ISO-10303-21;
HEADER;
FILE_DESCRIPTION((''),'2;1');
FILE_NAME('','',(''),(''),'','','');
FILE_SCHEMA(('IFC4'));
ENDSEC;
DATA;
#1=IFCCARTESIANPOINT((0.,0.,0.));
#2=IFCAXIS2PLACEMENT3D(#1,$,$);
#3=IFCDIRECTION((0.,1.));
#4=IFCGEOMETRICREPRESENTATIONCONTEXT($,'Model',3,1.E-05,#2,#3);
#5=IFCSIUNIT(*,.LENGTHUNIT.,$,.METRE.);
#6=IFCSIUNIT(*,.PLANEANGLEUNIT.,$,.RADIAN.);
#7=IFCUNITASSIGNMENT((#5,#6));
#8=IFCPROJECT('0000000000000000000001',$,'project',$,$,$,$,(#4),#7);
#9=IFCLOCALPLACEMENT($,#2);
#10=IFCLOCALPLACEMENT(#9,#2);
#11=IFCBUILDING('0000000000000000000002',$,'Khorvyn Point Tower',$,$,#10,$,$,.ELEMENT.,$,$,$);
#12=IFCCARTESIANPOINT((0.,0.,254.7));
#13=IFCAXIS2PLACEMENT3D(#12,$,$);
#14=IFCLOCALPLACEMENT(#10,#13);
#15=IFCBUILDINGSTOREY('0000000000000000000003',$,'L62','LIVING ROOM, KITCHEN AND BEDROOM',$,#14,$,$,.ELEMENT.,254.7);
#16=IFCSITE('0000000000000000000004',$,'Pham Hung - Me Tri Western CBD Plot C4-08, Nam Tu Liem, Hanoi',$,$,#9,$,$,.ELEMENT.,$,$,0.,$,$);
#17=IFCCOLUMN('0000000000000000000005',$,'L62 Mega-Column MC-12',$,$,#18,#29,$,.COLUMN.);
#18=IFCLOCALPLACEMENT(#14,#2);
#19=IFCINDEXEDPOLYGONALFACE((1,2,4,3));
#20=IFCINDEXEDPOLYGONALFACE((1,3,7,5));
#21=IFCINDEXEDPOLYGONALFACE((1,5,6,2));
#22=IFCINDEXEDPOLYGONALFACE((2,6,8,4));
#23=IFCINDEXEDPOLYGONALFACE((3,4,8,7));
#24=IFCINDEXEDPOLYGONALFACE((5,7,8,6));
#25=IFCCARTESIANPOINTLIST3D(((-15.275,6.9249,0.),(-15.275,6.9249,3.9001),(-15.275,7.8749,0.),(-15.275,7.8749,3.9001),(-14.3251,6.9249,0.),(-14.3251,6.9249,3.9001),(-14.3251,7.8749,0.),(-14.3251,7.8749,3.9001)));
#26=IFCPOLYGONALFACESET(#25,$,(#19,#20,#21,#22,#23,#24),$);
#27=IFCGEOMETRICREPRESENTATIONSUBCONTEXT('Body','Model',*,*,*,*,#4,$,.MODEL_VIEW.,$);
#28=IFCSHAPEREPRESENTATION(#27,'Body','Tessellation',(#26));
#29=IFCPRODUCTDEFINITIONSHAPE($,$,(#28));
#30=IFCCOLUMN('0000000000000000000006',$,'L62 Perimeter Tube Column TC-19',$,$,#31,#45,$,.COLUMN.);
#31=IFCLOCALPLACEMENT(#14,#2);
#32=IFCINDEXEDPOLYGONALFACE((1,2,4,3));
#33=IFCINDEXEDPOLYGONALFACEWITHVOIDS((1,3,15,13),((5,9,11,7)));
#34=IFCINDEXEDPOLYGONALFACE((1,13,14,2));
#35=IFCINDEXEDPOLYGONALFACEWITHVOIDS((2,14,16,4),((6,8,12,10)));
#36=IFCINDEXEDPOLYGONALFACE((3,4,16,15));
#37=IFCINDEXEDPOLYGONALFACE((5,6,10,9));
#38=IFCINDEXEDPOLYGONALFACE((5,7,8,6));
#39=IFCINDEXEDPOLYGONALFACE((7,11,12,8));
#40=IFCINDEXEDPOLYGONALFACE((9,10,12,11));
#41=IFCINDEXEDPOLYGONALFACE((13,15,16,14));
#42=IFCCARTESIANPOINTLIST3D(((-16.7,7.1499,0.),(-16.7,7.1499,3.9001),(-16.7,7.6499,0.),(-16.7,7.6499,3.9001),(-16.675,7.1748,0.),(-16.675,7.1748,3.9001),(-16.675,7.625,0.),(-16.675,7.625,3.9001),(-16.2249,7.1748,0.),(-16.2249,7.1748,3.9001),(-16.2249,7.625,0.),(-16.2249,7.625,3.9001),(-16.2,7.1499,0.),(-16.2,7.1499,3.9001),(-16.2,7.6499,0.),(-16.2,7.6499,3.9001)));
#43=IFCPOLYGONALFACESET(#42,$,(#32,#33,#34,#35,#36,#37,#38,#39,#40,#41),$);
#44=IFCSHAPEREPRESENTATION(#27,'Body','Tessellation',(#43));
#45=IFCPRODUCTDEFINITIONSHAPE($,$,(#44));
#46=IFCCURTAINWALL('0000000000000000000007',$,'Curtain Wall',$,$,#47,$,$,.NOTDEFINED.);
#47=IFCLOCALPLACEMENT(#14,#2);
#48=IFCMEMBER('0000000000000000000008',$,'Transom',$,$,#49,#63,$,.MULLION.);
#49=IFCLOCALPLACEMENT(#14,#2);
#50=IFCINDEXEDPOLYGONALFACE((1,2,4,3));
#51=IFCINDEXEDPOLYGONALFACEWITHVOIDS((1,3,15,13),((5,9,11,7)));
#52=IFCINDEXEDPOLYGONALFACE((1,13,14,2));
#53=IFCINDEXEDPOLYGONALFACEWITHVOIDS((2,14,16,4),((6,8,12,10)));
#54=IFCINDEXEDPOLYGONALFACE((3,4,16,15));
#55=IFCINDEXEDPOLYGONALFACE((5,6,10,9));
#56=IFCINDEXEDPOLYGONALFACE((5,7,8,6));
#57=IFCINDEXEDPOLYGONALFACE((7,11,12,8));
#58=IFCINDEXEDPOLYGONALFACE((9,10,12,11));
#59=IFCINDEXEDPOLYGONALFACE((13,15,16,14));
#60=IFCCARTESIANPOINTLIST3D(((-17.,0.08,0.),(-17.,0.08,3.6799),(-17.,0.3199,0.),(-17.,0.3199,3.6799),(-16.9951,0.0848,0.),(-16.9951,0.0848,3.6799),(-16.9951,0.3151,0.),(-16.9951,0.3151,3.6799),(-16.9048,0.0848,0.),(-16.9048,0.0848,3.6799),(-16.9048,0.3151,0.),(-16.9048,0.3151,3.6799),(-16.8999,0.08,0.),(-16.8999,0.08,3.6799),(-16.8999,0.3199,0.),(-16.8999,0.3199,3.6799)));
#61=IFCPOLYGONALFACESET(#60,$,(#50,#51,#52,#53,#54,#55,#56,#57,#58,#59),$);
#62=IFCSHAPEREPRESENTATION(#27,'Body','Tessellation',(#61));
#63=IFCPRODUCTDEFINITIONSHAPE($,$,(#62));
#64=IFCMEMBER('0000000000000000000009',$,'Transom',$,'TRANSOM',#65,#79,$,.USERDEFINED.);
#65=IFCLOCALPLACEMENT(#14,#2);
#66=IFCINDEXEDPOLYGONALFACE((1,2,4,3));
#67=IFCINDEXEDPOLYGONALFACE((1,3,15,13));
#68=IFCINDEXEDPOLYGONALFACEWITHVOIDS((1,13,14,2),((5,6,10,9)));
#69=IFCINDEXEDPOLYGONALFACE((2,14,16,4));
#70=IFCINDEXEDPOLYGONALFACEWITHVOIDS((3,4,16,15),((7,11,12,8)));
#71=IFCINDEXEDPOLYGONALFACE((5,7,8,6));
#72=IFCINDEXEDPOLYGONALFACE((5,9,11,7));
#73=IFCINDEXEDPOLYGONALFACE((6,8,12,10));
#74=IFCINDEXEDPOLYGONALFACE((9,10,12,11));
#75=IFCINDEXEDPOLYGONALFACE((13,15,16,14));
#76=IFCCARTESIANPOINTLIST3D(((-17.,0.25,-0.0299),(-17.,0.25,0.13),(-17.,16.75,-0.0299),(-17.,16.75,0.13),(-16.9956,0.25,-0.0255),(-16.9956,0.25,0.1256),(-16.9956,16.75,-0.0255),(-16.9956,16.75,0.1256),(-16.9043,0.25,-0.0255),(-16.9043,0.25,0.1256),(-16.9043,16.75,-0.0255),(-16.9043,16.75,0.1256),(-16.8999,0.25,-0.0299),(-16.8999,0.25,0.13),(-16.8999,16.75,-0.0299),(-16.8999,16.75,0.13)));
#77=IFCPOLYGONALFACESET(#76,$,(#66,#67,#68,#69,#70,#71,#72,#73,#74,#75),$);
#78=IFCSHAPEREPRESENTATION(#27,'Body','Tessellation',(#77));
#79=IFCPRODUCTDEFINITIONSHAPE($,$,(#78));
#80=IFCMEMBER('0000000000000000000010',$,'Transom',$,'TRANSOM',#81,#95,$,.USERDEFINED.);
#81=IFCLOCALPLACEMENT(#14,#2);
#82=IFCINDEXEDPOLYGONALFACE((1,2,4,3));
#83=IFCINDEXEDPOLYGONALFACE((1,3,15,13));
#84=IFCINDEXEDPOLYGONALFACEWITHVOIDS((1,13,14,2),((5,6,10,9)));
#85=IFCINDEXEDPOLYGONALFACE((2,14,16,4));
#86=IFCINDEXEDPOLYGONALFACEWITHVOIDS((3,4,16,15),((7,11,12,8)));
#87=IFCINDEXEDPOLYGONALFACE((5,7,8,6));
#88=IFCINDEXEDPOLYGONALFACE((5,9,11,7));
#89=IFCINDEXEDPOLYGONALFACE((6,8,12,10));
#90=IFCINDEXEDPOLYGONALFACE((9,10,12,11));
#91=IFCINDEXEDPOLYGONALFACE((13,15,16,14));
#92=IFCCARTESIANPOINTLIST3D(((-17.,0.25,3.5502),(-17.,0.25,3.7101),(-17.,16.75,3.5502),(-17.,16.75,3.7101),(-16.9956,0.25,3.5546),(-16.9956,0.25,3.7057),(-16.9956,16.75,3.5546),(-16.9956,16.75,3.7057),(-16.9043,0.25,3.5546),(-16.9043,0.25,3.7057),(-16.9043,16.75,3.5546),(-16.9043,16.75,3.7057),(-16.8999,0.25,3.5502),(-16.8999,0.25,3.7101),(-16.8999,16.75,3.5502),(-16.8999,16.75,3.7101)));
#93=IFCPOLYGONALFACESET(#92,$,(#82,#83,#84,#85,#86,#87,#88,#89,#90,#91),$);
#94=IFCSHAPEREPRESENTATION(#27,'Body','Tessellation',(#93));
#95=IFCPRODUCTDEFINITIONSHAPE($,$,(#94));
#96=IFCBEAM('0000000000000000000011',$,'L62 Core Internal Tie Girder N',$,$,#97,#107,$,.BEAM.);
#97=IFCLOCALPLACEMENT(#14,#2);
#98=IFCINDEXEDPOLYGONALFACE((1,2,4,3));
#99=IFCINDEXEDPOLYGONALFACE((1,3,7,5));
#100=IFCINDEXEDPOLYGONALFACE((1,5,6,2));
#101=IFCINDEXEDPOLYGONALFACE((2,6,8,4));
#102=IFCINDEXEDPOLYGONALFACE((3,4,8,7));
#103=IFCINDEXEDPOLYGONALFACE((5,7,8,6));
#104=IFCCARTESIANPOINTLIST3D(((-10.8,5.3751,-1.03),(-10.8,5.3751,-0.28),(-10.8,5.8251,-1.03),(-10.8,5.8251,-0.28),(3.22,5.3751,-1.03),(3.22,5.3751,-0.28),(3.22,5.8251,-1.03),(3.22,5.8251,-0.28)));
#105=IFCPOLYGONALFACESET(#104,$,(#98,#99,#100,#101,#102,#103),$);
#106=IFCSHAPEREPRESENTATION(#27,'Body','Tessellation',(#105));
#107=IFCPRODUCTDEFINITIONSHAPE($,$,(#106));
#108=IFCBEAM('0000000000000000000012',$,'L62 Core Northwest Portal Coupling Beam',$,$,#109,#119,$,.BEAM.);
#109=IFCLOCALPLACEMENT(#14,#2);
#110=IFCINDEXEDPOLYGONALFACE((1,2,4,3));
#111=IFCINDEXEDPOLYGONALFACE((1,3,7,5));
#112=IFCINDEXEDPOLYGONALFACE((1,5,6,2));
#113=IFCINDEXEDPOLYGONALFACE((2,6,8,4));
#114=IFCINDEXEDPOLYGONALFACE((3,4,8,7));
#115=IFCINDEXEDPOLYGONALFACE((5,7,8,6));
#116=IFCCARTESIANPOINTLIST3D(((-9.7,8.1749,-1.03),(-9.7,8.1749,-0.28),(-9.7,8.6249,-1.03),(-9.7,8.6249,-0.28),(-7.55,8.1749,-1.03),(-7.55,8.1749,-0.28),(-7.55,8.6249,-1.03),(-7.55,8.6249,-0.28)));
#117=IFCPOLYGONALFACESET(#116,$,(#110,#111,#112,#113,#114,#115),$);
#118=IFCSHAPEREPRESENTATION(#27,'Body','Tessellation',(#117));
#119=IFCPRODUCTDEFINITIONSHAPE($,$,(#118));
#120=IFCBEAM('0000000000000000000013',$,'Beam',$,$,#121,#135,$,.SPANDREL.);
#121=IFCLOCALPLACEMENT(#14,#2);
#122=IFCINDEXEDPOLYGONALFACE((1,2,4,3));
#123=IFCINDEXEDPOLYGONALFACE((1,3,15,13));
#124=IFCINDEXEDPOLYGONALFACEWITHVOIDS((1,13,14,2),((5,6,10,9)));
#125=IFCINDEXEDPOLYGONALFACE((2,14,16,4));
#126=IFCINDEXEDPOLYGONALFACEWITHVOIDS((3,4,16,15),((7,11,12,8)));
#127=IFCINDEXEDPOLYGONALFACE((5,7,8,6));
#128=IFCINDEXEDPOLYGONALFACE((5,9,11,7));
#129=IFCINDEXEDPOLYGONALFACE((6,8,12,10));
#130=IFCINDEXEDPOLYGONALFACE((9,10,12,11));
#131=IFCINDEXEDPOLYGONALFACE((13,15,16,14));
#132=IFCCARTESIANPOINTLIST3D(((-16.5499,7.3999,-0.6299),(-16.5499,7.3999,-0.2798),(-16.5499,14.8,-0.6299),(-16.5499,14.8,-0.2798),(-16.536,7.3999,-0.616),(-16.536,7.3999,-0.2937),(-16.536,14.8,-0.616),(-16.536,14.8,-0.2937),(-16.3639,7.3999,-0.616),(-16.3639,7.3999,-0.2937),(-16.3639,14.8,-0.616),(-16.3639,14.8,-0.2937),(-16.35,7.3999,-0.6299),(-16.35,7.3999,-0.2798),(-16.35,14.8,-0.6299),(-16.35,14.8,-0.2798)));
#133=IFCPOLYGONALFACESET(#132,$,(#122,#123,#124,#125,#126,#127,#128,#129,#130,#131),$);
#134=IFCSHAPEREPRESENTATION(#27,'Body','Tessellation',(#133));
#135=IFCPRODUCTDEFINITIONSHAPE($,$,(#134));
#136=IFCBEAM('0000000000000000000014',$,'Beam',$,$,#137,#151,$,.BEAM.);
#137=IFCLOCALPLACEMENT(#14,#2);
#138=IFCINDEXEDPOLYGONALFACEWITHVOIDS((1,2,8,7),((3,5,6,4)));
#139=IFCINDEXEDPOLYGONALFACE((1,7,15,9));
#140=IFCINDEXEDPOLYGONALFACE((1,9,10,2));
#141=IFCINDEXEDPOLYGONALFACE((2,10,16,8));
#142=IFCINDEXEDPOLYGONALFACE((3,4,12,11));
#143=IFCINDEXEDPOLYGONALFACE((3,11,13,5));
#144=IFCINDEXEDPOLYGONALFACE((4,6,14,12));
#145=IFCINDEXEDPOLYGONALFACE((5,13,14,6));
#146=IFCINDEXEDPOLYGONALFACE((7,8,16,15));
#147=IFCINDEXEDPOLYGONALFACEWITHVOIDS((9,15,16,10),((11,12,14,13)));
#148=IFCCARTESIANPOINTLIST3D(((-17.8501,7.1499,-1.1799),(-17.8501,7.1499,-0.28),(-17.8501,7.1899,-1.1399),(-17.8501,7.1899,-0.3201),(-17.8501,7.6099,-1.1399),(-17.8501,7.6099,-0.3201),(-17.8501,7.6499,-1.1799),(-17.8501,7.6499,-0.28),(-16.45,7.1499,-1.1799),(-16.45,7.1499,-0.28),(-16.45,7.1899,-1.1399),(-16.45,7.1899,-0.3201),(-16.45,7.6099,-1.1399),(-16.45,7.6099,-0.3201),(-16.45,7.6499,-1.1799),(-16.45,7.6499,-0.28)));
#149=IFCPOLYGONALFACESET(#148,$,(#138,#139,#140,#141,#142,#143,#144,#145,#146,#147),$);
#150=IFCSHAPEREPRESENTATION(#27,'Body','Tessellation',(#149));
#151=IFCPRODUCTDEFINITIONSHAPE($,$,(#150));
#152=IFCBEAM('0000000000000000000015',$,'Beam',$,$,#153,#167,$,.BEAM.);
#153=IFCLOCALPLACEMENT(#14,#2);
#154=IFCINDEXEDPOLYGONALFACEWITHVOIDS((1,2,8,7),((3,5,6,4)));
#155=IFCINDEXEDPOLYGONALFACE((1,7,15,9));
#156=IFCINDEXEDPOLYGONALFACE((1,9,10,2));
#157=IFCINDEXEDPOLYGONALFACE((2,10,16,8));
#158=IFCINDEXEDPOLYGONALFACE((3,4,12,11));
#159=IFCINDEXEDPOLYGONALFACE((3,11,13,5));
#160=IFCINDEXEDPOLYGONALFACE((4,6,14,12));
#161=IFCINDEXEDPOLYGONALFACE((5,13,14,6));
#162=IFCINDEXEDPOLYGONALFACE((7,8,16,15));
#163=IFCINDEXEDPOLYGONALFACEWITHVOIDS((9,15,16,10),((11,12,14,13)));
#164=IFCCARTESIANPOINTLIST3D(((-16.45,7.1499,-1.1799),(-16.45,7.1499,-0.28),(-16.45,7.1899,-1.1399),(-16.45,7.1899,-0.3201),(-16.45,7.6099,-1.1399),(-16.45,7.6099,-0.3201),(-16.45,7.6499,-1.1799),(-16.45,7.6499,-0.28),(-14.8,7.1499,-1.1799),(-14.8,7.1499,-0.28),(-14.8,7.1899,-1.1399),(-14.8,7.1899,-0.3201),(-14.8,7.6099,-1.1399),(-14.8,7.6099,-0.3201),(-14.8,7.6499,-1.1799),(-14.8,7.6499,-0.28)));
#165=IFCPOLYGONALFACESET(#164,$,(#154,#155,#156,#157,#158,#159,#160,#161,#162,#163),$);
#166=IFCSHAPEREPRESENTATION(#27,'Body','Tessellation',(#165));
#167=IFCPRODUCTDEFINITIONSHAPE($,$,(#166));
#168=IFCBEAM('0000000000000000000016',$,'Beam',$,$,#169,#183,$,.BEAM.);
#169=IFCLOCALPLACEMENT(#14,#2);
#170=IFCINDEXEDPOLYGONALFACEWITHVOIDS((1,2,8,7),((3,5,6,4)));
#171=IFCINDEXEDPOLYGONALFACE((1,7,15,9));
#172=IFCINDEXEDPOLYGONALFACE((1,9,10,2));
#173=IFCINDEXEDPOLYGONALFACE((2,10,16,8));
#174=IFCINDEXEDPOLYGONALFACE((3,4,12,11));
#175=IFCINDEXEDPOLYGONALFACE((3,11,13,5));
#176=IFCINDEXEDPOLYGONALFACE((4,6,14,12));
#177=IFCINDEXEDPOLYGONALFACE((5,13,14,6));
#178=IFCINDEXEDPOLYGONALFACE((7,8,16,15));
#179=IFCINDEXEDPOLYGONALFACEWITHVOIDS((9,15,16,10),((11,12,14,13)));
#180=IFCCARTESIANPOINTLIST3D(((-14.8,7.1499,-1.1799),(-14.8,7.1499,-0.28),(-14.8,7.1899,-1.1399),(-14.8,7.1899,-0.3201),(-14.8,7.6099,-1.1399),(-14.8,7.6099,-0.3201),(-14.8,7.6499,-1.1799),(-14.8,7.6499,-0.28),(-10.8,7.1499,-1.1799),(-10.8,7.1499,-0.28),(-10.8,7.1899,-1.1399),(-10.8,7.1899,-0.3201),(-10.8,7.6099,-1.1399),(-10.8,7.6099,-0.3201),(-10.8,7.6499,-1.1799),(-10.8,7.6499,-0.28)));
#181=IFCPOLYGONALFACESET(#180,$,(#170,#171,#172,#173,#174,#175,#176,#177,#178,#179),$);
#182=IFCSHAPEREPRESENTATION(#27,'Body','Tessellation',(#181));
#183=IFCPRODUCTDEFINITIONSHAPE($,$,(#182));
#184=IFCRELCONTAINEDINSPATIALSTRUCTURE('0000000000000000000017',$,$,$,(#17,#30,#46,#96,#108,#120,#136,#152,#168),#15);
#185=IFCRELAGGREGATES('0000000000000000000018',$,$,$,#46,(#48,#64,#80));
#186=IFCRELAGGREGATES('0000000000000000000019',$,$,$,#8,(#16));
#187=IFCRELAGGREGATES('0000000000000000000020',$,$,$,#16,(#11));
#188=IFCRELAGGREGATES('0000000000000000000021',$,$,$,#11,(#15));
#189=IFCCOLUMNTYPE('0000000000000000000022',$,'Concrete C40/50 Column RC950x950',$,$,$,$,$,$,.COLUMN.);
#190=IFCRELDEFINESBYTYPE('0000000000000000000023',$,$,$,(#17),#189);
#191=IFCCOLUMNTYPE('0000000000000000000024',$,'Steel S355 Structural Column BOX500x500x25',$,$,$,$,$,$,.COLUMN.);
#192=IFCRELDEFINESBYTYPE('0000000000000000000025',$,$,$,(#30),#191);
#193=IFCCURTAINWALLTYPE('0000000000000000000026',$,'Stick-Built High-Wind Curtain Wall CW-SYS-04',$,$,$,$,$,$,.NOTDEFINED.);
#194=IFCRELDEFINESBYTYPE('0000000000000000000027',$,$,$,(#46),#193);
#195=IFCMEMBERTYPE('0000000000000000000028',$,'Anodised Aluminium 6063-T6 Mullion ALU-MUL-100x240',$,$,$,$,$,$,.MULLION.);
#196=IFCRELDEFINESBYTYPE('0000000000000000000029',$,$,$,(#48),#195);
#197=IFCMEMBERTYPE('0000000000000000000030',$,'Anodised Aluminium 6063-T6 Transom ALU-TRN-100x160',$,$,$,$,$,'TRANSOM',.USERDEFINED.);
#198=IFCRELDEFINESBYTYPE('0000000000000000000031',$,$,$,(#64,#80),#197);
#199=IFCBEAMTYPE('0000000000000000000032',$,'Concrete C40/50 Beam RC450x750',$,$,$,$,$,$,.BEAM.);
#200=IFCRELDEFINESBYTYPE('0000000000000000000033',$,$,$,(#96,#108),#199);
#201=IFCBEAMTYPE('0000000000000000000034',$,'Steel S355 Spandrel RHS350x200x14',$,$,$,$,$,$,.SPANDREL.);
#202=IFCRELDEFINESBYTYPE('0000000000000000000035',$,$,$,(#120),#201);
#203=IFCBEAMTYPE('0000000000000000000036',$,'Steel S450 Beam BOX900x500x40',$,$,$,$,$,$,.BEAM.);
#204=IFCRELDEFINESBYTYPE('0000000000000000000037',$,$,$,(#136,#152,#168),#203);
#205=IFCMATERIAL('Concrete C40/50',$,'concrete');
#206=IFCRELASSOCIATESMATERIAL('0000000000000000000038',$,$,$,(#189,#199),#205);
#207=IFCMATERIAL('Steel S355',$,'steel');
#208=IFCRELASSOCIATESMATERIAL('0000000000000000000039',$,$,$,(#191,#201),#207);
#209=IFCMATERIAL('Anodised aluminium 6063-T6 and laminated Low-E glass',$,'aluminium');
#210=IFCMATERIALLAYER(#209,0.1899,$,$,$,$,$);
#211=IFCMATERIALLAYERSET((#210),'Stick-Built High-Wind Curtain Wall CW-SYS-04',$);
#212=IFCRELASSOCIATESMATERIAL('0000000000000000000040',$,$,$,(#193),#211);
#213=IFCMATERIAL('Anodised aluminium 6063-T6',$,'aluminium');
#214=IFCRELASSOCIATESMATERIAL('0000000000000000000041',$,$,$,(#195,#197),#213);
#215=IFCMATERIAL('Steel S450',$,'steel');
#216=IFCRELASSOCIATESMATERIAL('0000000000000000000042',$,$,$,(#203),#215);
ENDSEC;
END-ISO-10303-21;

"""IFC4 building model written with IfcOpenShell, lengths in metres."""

from ifc_helpers import new_model, si_unit, direction, frame, origin, origin_2d, place, context, subcontext, project, spatial, rectangle, hollow_rectangle, extrude, material, layer, layer_set, material_profile, profile_set, type_object, element, aggregate, save


model = new_model("IFC4")

# Units and contexts
model_context = context("Model", 3, precision=1e-05, world=origin(), true_north=direction((0.0, 1.0)))
body_context = subcontext(model_context, "Body", "Model", "MODEL_VIEW")
ifc_project = project(units=[si_unit("LENGTHUNIT", "METRE"), si_unit("PLANEANGLEUNIT", "RADIAN")], contexts=[model_context])

# Site, building, storey
site_placement = place(None, origin())
site = spatial("IfcSite", under=ifc_project, at=site_placement, Name="Pham Hung - Me Tri Western CBD Plot C4-08, Nam Tu Liem, Hanoi", CompositionType="ELEMENT", RefElevation=0.0)
building_placement = place(site_placement, origin())
building = spatial("IfcBuilding", under=site, at=building_placement, Name="Khorvyn Point Tower", CompositionType="ELEMENT")
storey_placement = place(building_placement, frame((0.0, 0.0, 254.7)))
storey = spatial("IfcBuildingStorey", under=building, at=storey_placement, Name="L62", Description="LIVING ROOM, KITCHEN AND BEDROOM", CompositionType="ELEMENT", Elevation=254.7)

# Columns
ifc_material_1 = material(Name="Concrete C40/50", Category="concrete")
ifc_material_profile_1 = material_profile(ifc_material_1, rectangle(XDim=0.95, YDim=0.95, at=origin_2d()))
ifc_profile_set_1 = profile_set([ifc_material_profile_1], Name="Concrete C40/50 RC950x950")
column_type_1 = type_object("IfcColumnType", Name="Concrete C40/50 Column RC950x950", PredefinedType="COLUMN", material=ifc_profile_set_1)
column_1_placement = place(storey_placement, frame((-14.8, 7.3999, 0.0), z_axis=(0.0, 0.0, 1.0), x_axis=(1.0, 0.0, 0.0)))
element("IfcColumn", 1, at=column_1_placement, inside=storey, type_object=column_type_1, Name="L62 Mega-Column MC-12", PredefinedType="COLUMN", context=body_context, shape_type="SweptSolid", body=[
    extrude(rectangle(XDim=0.95, YDim=0.95, at=origin_2d()), origin(), (0.0, 0.0, 1.0), 3.9001),
])
ifc_material_2 = material(Name="Steel S355", Category="steel")
ifc_material_profile_2 = material_profile(ifc_material_2, hollow_rectangle(XDim=0.5, YDim=0.5, WallThickness=0.0249, at=origin_2d()))
ifc_profile_set_2 = profile_set([ifc_material_profile_2], Name="Steel S355 BOX500x500x25")
column_type_2 = type_object("IfcColumnType", Name="Steel S355 Structural Column BOX500x500x25", PredefinedType="COLUMN", material=ifc_profile_set_2)
column_2_placement = place(storey_placement, frame((-16.45, 7.3999, 0.0), z_axis=(0.0, 0.0, 1.0), x_axis=(1.0, 0.0, 0.0)))
element("IfcColumn", 2, at=column_2_placement, inside=storey, type_object=column_type_2, Name="L62 Perimeter Tube Column TC-19", PredefinedType="COLUMN", context=body_context, shape_type="SweptSolid", body=[
    extrude(hollow_rectangle(XDim=0.5, YDim=0.5, WallThickness=0.0249, at=origin_2d()), origin(), (0.0, 0.0, 1.0), 3.9001),
])

# Curtain wall, members
ifc_material_3 = material(Name="Anodised aluminium 6063-T6 and laminated Low-E glass", Category="aluminium")
ifc_layer_1 = layer(ifc_material_3, 0.1899)
ifc_layer_set_1 = layer_set([ifc_layer_1], Name="Stick-Built High-Wind Curtain Wall CW-SYS-04")
curtain_wall_type = type_object("IfcCurtainWallType", Name="Stick-Built High-Wind Curtain Wall CW-SYS-04", PredefinedType="NOTDEFINED", material=ifc_layer_set_1)
curtain_wall_placement = place(storey_placement, origin())
curtain_wall = element("IfcCurtainWall", 3, at=curtain_wall_placement, inside=storey, type_object=curtain_wall_type, Name="Curtain Wall", PredefinedType="NOTDEFINED")
ifc_material_4 = material(Name="Anodised aluminium 6063-T6", Category="aluminium")
ifc_material_profile_3 = material_profile(ifc_material_4, hollow_rectangle(XDim=0.1001, YDim=0.24, WallThickness=0.0049, at=origin_2d()))
ifc_profile_set_3 = profile_set([ifc_material_profile_3], Name="Anodised aluminium 6063-T6 ALU-MUL-100x240")
member_type_1 = type_object("IfcMemberType", Name="Anodised Aluminium 6063-T6 Mullion ALU-MUL-100x240", PredefinedType="MULLION", material=ifc_profile_set_3)
member_1_placement = place(storey_placement, frame((-16.95, 0.2, 0.0), z_axis=(0.0, 0.0, 1.0), x_axis=(-1.0, 0.0, 0.0)))
member_1 = element("IfcMember", 4, at=member_1_placement, type_object=member_type_1, Name="Transom", PredefinedType="MULLION", context=body_context, shape_type="SweptSolid", body=[
    extrude(hollow_rectangle(XDim=0.1001, YDim=0.24, WallThickness=0.0049, at=origin_2d()), origin(), (0.0, 0.0, 1.0), 3.6799),
])
ifc_material_profile_4 = material_profile(ifc_material_4, hollow_rectangle(XDim=0.1001, YDim=0.1599, WallThickness=0.0044, at=origin_2d()))
ifc_profile_set_4 = profile_set([ifc_material_profile_4], Name="Anodised aluminium 6063-T6 ALU-TRN-100x160")
member_type_2 = type_object("IfcMemberType", Name="Anodised Aluminium 6063-T6 Transom ALU-TRN-100x160", ElementType="TRANSOM", PredefinedType="USERDEFINED", material=ifc_profile_set_4)
member_2_placement = place(storey_placement, frame((-16.95, 0.25, 0.05), z_axis=(0.0, 1.0, 0.0), x_axis=(-1.0, 0.0, 0.0)))
member_2 = element("IfcMember", 5, at=member_2_placement, type_object=member_type_2, Name="Transom", ObjectType="TRANSOM", PredefinedType="USERDEFINED", context=body_context, shape_type="SweptSolid", body=[
    extrude(hollow_rectangle(XDim=0.1001, YDim=0.1599, WallThickness=0.0044, at=origin_2d()), origin(), (0.0, 0.0, 1.0), 16.5),
])
member_3_placement = place(storey_placement, frame((-16.95, 0.25, 3.6301), z_axis=(0.0, 1.0, 0.0), x_axis=(-1.0, 0.0, 0.0)))
member_3 = element("IfcMember", 6, at=member_3_placement, type_object=member_type_2, Name="Transom", ObjectType="TRANSOM", PredefinedType="USERDEFINED", context=body_context, shape_type="SweptSolid", body=[
    extrude(hollow_rectangle(XDim=0.1001, YDim=0.1599, WallThickness=0.0044, at=origin_2d()), origin(), (0.0, 0.0, 1.0), 16.5),
])
aggregate(curtain_wall, [member_1, member_2, member_3])

# Beams
ifc_material_profile_5 = material_profile(ifc_material_1, rectangle(XDim=0.45, YDim=0.75, at=origin_2d()))
ifc_profile_set_5 = profile_set([ifc_material_profile_5], Name="Concrete C40/50 RC450x750")
beam_type_1 = type_object("IfcBeamType", Name="Concrete C40/50 Beam RC450x750", PredefinedType="BEAM", material=ifc_profile_set_5)
beam_1_placement = place(storey_placement, frame((-10.8, 5.6001, -0.655), z_axis=(1.0, 0.0, 0.0), x_axis=(0.0, 1.0, 0.0)))
element("IfcBeam", 7, at=beam_1_placement, inside=storey, type_object=beam_type_1, Name="L62 Core Internal Tie Girder N", PredefinedType="BEAM", context=body_context, shape_type="SweptSolid", body=[
    extrude(rectangle(XDim=0.45, YDim=0.75, at=origin_2d()), origin(), (0.0, 0.0, 1.0), 14.02),
])
beam_2_placement = place(storey_placement, frame((-9.7, 8.3999, -0.655), z_axis=(1.0, 0.0, 0.0), x_axis=(0.0, 1.0, 0.0)))
element("IfcBeam", 8, at=beam_2_placement, inside=storey, type_object=beam_type_1, Name="L62 Core Northwest Portal Coupling Beam", PredefinedType="BEAM", context=body_context, shape_type="SweptSolid", body=[
    extrude(rectangle(XDim=0.45, YDim=0.75, at=origin_2d()), origin(), (0.0, 0.0, 1.0), 2.1499),
])
ifc_material_profile_6 = material_profile(ifc_material_2, hollow_rectangle(XDim=0.2, YDim=0.3501, WallThickness=0.0139, at=origin_2d()))
ifc_profile_set_6 = profile_set([ifc_material_profile_6], Name="Steel S355 RHS350x200x14")
beam_type_2 = type_object("IfcBeamType", Name="Steel S355 Spandrel RHS350x200x14", PredefinedType="SPANDREL", material=ifc_profile_set_6)
beam_3_placement = place(storey_placement, frame((-16.45, 7.3999, -0.4548), z_axis=(0.0, 1.0, 0.0), x_axis=(-1.0, 0.0, 0.0)))
element("IfcBeam", 9, at=beam_3_placement, inside=storey, type_object=beam_type_2, Name="Beam", PredefinedType="SPANDREL", context=body_context, shape_type="SweptSolid", body=[
    extrude(hollow_rectangle(XDim=0.2, YDim=0.3501, WallThickness=0.0139, at=origin_2d()), origin(), (0.0, 0.0, 1.0), 7.4001),
])
ifc_material_5 = material(Name="Steel S450", Category="steel")
ifc_material_profile_7 = material_profile(ifc_material_5, hollow_rectangle(XDim=0.5, YDim=0.8999, WallThickness=0.04, at=origin_2d()))
ifc_profile_set_7 = profile_set([ifc_material_profile_7], Name="Steel S450 BOX900x500x40")
beam_type_3 = type_object("IfcBeamType", Name="Steel S450 Beam BOX900x500x40", PredefinedType="BEAM", material=ifc_profile_set_7)
beam_4_placement = place(storey_placement, frame((-17.8501, 7.3999, -0.73), z_axis=(1.0, 0.0, 0.0), x_axis=(0.0, 1.0, 0.0)))
element("IfcBeam", 10, at=beam_4_placement, inside=storey, type_object=beam_type_3, Name="Beam", PredefinedType="BEAM", context=body_context, shape_type="SweptSolid", body=[
    extrude(hollow_rectangle(XDim=0.5, YDim=0.8999, WallThickness=0.04, at=origin_2d()), origin(), (0.0, 0.0, 1.0), 1.4001),
])
beam_5_placement = place(storey_placement, frame((-16.45, 7.3999, -0.73), z_axis=(1.0, 0.0, 0.0), x_axis=(0.0, 1.0, 0.0)))
element("IfcBeam", 11, at=beam_5_placement, inside=storey, type_object=beam_type_3, Name="Beam", PredefinedType="BEAM", context=body_context, shape_type="SweptSolid", body=[
    extrude(hollow_rectangle(XDim=0.5, YDim=0.8999, WallThickness=0.04, at=origin_2d()), origin(), (0.0, 0.0, 1.0), 1.6499),
])
beam_6_placement = place(storey_placement, frame((-14.8, 7.3999, -0.73), z_axis=(1.0, 0.0, 0.0), x_axis=(0.0, 1.0, 0.0)))
element("IfcBeam", 12, at=beam_6_placement, inside=storey, type_object=beam_type_3, Name="Beam", PredefinedType="BEAM", context=body_context, shape_type="SweptSolid", body=[
    extrude(hollow_rectangle(XDim=0.5, YDim=0.8999, WallThickness=0.04, at=origin_2d()), origin(), (0.0, 0.0, 1.0), 4.0),
])

save(model, "model.ifc")
